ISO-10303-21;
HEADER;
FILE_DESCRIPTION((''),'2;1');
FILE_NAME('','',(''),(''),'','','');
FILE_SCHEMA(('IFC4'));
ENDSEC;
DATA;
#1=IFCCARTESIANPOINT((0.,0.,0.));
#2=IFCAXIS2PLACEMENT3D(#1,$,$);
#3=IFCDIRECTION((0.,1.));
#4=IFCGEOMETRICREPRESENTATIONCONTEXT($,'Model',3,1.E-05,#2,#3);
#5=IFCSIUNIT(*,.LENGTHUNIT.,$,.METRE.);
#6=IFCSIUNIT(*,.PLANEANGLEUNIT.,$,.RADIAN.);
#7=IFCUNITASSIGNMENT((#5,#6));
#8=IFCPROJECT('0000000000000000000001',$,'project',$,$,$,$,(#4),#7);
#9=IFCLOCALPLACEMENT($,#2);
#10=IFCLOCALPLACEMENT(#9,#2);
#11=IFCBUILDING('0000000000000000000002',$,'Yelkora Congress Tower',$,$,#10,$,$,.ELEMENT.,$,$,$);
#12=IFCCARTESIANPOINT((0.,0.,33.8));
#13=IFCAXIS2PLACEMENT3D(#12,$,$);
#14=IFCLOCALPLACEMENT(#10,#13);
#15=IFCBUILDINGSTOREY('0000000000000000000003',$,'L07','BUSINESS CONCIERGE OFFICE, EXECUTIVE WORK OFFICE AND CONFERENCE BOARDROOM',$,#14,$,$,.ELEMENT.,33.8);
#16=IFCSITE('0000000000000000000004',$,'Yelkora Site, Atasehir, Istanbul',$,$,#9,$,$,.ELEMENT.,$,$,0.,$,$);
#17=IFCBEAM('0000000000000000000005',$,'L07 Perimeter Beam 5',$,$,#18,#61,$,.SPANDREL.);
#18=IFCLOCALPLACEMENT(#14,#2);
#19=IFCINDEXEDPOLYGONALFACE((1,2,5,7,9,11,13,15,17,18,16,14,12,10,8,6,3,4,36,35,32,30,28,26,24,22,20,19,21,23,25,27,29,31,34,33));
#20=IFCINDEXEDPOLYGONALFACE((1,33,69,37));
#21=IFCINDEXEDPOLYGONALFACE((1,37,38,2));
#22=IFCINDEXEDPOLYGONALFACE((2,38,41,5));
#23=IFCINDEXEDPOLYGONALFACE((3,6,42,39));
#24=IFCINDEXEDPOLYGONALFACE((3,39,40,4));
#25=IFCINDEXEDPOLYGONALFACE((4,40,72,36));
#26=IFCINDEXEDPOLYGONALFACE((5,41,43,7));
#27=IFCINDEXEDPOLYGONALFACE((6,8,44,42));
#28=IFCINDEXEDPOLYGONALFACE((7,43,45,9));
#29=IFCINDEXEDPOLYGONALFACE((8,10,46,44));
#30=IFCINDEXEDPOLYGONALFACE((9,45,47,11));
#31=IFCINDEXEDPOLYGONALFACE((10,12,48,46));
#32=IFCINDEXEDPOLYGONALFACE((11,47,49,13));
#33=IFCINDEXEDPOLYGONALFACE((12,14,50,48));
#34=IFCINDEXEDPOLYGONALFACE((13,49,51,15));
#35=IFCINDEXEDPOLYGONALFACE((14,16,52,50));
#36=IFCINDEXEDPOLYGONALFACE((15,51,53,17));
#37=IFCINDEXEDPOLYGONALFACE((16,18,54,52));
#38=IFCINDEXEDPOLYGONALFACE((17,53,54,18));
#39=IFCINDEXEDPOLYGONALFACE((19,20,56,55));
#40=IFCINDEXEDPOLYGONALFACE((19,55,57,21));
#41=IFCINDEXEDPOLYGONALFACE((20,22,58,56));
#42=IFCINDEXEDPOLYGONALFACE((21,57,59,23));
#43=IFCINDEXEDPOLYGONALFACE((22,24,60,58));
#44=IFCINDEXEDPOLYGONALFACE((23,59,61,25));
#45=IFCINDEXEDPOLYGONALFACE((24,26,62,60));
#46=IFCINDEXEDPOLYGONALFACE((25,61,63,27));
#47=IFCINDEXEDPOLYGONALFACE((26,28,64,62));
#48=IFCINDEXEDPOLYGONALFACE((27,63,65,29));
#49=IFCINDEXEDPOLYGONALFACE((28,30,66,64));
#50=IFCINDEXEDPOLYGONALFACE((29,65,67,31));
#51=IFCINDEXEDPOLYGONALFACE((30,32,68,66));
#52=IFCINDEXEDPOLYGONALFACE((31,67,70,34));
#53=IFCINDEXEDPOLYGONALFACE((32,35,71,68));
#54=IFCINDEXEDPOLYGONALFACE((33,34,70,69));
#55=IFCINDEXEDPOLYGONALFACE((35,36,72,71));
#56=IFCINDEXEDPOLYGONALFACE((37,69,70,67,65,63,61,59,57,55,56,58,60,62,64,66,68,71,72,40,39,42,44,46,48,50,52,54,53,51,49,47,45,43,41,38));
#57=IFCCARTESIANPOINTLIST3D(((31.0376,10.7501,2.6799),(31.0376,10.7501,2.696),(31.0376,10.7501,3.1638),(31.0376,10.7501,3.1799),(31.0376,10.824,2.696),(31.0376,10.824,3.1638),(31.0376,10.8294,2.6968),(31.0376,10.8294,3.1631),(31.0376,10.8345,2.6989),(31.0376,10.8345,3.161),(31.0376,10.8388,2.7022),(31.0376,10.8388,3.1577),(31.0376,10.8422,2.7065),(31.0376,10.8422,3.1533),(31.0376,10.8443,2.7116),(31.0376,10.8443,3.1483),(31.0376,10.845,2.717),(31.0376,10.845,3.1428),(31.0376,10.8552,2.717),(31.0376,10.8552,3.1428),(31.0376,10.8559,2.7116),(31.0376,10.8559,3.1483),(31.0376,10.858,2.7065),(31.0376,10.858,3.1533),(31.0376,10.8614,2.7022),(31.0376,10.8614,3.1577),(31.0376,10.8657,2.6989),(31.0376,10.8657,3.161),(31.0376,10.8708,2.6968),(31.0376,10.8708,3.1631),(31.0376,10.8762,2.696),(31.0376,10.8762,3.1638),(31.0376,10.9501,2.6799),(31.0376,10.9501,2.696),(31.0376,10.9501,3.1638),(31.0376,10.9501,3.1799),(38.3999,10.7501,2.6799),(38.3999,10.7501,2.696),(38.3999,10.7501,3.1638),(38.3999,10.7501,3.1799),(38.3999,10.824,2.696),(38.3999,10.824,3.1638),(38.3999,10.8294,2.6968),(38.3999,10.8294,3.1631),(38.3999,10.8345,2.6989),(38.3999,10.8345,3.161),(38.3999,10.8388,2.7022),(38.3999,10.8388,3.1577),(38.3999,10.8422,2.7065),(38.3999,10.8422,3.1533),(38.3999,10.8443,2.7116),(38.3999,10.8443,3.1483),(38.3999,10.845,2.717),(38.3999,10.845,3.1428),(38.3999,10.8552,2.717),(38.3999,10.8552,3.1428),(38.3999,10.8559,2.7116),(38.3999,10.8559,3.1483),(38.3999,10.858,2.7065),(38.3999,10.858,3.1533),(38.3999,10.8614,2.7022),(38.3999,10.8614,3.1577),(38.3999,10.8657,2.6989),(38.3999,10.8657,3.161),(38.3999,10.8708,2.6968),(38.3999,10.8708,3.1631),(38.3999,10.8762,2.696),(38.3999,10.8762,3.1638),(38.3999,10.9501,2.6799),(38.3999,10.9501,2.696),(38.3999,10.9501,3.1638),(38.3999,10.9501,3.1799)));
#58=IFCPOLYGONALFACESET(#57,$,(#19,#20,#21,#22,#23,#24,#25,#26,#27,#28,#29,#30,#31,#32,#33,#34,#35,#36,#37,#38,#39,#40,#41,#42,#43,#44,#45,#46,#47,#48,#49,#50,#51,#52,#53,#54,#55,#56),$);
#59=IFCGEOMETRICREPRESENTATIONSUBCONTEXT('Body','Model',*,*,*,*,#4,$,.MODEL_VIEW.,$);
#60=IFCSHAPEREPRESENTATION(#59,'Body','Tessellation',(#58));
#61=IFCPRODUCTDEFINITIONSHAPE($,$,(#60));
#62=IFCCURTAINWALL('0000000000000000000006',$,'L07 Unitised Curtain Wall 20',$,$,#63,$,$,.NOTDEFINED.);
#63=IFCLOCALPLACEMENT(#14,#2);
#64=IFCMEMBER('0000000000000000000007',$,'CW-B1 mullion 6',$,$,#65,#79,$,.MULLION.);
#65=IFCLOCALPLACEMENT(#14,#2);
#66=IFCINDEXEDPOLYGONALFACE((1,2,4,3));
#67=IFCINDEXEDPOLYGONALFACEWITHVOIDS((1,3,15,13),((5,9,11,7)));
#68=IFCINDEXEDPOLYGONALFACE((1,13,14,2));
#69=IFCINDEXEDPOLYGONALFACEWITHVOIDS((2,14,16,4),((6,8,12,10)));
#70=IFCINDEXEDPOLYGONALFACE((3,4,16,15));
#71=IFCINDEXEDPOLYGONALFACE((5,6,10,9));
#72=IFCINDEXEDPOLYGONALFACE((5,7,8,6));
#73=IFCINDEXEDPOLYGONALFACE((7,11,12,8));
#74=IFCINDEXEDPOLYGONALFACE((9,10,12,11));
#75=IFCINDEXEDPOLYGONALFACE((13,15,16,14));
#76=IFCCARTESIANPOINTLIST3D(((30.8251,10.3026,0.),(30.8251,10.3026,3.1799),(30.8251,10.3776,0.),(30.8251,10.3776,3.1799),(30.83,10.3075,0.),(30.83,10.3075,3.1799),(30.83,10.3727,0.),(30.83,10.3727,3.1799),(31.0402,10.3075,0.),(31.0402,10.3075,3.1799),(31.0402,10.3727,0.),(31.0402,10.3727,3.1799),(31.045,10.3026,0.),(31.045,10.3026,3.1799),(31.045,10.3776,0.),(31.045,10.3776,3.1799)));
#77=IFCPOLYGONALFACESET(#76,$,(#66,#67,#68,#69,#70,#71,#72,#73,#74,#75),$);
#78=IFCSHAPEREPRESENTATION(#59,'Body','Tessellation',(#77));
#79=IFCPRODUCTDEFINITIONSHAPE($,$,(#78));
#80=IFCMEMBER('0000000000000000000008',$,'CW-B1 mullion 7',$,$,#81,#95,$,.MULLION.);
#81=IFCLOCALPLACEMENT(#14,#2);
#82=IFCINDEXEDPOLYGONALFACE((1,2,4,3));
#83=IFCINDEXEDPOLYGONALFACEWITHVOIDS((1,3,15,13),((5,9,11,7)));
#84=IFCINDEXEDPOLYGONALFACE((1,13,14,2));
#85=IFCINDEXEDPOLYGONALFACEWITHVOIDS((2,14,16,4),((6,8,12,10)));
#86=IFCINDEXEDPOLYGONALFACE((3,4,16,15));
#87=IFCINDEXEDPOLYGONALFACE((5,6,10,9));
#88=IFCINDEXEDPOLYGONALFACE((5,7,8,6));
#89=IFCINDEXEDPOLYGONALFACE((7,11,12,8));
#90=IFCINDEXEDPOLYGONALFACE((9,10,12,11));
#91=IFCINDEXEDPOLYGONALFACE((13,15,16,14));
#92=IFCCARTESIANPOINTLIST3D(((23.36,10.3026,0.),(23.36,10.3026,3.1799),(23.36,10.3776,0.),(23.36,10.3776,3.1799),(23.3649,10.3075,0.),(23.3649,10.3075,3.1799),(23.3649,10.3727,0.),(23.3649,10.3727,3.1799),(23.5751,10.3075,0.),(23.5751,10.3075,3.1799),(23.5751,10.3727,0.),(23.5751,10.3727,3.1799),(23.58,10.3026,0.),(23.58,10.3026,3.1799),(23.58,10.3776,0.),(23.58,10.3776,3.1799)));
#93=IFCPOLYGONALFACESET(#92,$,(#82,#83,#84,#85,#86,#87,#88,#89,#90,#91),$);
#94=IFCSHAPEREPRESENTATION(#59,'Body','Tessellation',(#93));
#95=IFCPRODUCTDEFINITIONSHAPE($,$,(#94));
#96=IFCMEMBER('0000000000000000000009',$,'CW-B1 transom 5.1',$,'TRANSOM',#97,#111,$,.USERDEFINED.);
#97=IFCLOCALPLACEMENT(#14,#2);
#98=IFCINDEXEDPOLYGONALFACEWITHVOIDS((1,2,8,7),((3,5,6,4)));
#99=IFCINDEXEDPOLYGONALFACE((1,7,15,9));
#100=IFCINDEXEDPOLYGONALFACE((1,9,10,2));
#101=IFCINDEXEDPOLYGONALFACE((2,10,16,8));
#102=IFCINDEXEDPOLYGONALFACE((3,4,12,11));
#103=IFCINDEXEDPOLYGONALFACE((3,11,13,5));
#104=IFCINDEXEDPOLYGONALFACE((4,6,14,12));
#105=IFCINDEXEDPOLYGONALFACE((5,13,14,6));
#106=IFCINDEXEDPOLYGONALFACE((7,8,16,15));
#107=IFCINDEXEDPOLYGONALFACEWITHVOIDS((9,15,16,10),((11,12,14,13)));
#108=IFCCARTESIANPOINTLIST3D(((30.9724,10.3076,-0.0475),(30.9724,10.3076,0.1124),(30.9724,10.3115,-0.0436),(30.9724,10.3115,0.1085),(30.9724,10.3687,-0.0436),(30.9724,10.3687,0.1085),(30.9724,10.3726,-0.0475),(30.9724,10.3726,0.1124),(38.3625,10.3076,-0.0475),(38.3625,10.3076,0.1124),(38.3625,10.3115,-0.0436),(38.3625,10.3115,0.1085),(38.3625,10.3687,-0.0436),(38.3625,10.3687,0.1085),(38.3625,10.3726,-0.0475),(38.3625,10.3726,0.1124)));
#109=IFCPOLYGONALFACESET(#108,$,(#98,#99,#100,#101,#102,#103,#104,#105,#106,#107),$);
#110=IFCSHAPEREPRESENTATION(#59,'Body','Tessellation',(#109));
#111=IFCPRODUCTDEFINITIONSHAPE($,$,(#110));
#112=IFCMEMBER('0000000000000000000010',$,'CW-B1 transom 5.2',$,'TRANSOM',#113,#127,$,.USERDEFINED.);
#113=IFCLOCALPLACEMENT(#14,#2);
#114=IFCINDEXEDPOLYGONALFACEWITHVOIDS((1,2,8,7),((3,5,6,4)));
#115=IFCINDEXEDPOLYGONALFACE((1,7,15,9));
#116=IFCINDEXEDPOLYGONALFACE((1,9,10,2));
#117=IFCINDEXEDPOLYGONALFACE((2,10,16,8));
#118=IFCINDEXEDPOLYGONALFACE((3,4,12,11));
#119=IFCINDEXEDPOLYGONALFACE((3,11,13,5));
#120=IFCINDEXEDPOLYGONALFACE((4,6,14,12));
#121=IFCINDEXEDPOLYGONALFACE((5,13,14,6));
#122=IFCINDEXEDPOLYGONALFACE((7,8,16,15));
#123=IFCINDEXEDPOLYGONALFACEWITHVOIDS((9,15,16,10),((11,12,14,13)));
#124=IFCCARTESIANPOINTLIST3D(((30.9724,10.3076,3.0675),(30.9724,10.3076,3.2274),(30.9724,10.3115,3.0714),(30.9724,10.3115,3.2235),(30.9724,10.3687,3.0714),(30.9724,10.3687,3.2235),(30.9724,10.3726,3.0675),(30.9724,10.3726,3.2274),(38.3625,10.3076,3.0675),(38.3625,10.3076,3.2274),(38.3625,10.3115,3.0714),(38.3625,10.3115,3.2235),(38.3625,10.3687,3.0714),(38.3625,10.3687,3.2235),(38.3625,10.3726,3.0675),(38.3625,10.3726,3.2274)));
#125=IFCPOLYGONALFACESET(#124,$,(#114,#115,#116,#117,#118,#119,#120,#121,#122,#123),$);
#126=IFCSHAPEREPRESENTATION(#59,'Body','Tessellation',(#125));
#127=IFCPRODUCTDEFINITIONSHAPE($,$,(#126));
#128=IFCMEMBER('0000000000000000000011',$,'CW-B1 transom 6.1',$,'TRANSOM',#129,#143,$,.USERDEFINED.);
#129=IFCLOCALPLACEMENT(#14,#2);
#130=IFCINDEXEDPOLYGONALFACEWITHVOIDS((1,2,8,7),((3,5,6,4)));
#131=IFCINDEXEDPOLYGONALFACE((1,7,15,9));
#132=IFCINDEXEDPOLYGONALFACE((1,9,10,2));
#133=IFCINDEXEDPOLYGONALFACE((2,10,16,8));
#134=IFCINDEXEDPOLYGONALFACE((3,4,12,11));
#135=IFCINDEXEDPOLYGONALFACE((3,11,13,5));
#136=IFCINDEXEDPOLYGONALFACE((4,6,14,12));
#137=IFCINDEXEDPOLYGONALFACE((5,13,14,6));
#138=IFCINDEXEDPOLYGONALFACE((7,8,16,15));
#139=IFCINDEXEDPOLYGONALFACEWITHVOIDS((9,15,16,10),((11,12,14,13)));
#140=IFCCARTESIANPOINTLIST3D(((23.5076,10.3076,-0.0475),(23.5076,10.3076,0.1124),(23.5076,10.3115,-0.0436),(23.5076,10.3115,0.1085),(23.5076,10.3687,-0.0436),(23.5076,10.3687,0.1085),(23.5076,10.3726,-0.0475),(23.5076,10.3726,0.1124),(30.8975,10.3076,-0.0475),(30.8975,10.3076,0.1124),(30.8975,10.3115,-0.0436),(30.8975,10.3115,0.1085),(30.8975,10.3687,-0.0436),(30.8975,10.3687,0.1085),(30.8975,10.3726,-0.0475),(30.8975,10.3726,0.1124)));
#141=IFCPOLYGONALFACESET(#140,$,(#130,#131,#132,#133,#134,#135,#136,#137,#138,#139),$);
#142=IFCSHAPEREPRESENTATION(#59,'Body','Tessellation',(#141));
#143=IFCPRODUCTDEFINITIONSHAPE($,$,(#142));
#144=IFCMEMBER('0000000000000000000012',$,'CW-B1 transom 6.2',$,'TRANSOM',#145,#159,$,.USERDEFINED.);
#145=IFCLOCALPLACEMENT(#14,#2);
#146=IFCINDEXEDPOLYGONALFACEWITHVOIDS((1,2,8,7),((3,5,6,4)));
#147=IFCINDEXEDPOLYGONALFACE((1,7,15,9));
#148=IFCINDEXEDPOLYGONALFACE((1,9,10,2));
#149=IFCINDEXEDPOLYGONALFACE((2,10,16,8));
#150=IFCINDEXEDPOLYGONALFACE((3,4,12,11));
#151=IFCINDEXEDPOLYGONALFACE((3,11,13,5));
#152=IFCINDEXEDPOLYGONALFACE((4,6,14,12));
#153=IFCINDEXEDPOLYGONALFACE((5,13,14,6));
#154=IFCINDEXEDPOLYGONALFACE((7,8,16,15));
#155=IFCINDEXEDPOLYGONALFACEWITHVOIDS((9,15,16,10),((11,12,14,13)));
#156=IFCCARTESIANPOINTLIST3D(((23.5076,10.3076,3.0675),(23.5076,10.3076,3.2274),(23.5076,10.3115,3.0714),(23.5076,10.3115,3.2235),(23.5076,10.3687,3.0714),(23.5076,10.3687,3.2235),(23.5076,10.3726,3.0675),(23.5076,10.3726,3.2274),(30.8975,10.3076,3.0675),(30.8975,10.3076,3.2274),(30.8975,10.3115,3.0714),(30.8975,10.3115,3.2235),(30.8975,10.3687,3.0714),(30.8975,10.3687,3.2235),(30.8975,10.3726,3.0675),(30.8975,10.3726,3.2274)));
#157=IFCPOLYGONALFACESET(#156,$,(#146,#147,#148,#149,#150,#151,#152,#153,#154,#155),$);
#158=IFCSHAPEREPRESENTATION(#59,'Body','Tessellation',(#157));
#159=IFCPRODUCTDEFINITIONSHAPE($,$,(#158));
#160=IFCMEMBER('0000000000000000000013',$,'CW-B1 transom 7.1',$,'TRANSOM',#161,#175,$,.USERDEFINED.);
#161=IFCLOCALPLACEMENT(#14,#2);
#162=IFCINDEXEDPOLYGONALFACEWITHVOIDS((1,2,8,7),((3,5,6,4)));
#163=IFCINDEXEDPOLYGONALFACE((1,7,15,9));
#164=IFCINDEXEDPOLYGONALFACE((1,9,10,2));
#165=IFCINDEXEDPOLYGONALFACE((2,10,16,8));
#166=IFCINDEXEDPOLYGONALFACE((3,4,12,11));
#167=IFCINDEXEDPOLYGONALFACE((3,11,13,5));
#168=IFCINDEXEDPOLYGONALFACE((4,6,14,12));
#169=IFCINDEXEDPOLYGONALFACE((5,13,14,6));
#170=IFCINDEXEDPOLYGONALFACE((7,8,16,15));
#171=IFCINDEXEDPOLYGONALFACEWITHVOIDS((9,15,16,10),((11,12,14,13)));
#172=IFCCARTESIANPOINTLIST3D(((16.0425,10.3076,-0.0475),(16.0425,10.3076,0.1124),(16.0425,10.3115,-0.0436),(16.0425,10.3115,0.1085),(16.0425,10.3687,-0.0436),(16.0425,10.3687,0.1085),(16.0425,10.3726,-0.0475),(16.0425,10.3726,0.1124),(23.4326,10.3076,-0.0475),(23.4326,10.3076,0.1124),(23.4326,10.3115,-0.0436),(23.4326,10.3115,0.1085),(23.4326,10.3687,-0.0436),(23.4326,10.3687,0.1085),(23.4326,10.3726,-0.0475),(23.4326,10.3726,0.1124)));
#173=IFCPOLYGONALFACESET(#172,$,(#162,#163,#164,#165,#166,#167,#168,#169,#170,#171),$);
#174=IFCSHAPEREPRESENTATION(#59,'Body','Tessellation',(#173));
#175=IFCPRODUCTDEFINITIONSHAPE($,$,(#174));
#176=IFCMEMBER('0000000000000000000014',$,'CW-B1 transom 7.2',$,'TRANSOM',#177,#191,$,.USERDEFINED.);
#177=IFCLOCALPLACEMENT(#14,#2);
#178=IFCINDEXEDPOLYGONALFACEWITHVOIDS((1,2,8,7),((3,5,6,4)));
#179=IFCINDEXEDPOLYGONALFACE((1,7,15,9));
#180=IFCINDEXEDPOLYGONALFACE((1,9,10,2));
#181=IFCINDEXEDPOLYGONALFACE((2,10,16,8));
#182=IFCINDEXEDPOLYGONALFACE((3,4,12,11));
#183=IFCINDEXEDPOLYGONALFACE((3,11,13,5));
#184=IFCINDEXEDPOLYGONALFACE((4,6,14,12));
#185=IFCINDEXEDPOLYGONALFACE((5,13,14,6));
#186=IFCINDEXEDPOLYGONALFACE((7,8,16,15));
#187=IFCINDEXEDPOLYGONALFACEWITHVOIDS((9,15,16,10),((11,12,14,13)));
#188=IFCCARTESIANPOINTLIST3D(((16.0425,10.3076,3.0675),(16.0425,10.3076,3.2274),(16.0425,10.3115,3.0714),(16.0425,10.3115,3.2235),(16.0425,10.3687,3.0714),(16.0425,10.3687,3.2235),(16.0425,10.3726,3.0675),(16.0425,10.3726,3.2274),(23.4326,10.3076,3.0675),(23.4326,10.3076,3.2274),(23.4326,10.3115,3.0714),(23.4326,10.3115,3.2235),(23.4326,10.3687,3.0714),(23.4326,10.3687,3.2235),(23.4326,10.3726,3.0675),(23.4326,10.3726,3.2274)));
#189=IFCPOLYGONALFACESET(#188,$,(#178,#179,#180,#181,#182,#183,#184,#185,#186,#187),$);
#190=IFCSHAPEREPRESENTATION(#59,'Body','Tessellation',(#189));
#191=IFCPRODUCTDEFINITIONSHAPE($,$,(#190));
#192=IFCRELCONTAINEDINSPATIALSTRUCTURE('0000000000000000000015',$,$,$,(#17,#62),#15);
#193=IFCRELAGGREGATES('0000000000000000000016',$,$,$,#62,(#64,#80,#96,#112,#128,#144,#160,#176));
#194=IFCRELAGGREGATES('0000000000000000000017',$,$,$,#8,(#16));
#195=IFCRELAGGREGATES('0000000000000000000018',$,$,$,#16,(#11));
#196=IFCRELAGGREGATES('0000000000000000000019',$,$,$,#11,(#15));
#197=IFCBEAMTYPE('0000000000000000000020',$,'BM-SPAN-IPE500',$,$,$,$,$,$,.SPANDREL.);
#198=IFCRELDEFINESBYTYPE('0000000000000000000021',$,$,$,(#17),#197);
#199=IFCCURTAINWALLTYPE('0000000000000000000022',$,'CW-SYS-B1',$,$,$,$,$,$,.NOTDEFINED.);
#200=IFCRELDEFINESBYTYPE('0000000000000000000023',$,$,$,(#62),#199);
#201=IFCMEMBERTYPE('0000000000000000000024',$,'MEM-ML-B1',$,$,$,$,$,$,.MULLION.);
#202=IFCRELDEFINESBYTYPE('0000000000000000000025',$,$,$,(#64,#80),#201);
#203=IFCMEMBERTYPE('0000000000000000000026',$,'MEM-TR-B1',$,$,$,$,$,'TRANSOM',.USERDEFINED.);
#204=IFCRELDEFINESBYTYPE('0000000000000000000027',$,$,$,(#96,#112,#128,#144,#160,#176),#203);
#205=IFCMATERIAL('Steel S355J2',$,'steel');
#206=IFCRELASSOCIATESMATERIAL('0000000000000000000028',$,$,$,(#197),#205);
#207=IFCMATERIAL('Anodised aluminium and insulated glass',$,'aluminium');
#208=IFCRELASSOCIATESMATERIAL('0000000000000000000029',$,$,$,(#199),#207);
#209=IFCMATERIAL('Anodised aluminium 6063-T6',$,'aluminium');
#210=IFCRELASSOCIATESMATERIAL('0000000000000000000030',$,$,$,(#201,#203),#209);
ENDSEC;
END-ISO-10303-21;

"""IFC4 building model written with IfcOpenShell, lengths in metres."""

from ifc_helpers import new_model, si_unit, direction, frame, origin, origin_2d, place, context, subcontext, project, spatial, hollow_rectangle, i_section, extrude, material, material_profile, profile_set, type_object, element, aggregate, save


model = new_model("IFC4")

# Units and contexts
model_context = context("Model", 3, precision=1e-05, world=origin(), true_north=direction((0.0, 1.0)))
body_context = subcontext(model_context, "Body", "Model", "MODEL_VIEW")
ifc_project = project(units=[si_unit("LENGTHUNIT", "METRE"), si_unit("PLANEANGLEUNIT", "RADIAN")], contexts=[model_context])

# Site, building, storey
site_placement = place(None, origin())
site = spatial("IfcSite", under=ifc_project, at=site_placement, Name="Yelkora Site, Atasehir, Istanbul", CompositionType="ELEMENT", RefElevation=0.0)
building_placement = place(site_placement, origin())
building = spatial("IfcBuilding", under=site, at=building_placement, Name="Yelkora Congress Tower", CompositionType="ELEMENT")
storey_placement = place(building_placement, frame((0.0, 0.0, 33.8)))
storey = spatial("IfcBuildingStorey", under=building, at=storey_placement, Name="L07", Description="BUSINESS CONCIERGE OFFICE, EXECUTIVE WORK OFFICE AND CONFERENCE BOARDROOM", CompositionType="ELEMENT", Elevation=33.8)

# Beam
ifc_material_1 = material(Name="Steel S355J2", Category="steel")
ifc_material_profile_1 = material_profile(ifc_material_1, i_section(OverallWidth=0.2, OverallDepth=0.5, WebThickness=0.0103, FlangeThickness=0.0161, FilletRadius=0.021, at=origin_2d()), Name="IPE 500")
ifc_profile_set_1 = profile_set([ifc_material_profile_1], Name="Steel S355J2")
beam_type_1 = type_object("IfcBeamType", Name="BM-SPAN-IPE500", PredefinedType="SPANDREL", material=ifc_profile_set_1)
beam_1_placement = place(storey_placement, frame((31.0376, 10.8501, 2.9299), z_axis=(1.0, 0.0, 0.0), x_axis=(0.0, 1.0, 0.0)))
element("IfcBeam", 1, at=beam_1_placement, inside=storey, type_object=beam_type_1, Name="L07 Perimeter Beam 5", PredefinedType="SPANDREL", context=body_context, shape_type="SweptSolid", body=[
    extrude(i_section(OverallWidth=0.2, OverallDepth=0.5, WebThickness=0.0103, FlangeThickness=0.0161, FilletRadius=0.021, at=origin_2d()), origin(), (0.0, 0.0, 1.0), 7.3623),
])

# Curtain wall, members
ifc_material_2 = material(Name="Anodised aluminium and insulated glass", Category="aluminium")
curtain_wall_type = type_object("IfcCurtainWallType", Name="CW-SYS-B1", PredefinedType="NOTDEFINED", material=ifc_material_2)
curtain_wall_placement = place(storey_placement, origin())
curtain_wall = element("IfcCurtainWall", 2, at=curtain_wall_placement, inside=storey, type_object=curtain_wall_type, Name="L07 Unitised Curtain Wall 20", PredefinedType="NOTDEFINED")
ifc_material_3 = material(Name="Anodised aluminium 6063-T6", Category="aluminium")
ifc_material_profile_2 = material_profile(ifc_material_3, hollow_rectangle(XDim=0.075, YDim=0.22, WallThickness=0.0049, at=origin_2d()), Name="ALU 75x220x5")
ifc_profile_set_2 = profile_set([ifc_material_profile_2], Name="Anodised aluminium 6063-T6")
member_type_1 = type_object("IfcMemberType", Name="MEM-ML-B1", PredefinedType="MULLION", material=ifc_profile_set_2)
member_1_placement = place(storey_placement, frame((30.9351, 10.3401, 0.0), z_axis=(0.0, 0.0, 1.0), x_axis=(0.0, -1.0, 0.0)))
member_1 = element("IfcMember", 3, at=member_1_placement, type_object=member_type_1, Name="CW-B1 mullion 6", PredefinedType="MULLION", context=body_context, shape_type="SweptSolid", body=[
    extrude(hollow_rectangle(XDim=0.075, YDim=0.22, WallThickness=0.0049, at=origin_2d()), origin(), (0.0, 0.0, 1.0), 3.1799),
])
member_2_placement = place(storey_placement, frame((23.47, 10.3401, 0.0), z_axis=(0.0, 0.0, 1.0), x_axis=(0.0, -1.0, 0.0)))
member_2 = element("IfcMember", 4, at=member_2_placement, type_object=member_type_1, Name="CW-B1 mullion 7", PredefinedType="MULLION", context=body_context, shape_type="SweptSolid", body=[
    extrude(hollow_rectangle(XDim=0.075, YDim=0.22, WallThickness=0.0049, at=origin_2d()), origin(), (0.0, 0.0, 1.0), 3.1799),
])
ifc_material_profile_3 = material_profile(ifc_material_3, hollow_rectangle(XDim=0.0649, YDim=0.1599, WallThickness=0.0039, at=origin_2d()), Name="ALU 65x160x4")
ifc_profile_set_3 = profile_set([ifc_material_profile_3], Name="Anodised aluminium 6063-T6")
member_type_2 = type_object("IfcMemberType", Name="MEM-TR-B1", ElementType="TRANSOM", PredefinedType="USERDEFINED", material=ifc_profile_set_3)
member_3_placement = place(storey_placement, frame((38.3625, 10.3401, 0.0325), z_axis=(-1.0, 0.0, 0.0), x_axis=(0.0, -1.0, 0.0)))
member_3 = element("IfcMember", 5, at=member_3_placement, type_object=member_type_2, Name="CW-B1 transom 5.1", ObjectType="TRANSOM", PredefinedType="USERDEFINED", context=body_context, shape_type="SweptSolid", body=[
    extrude(hollow_rectangle(XDim=0.0649, YDim=0.1599, WallThickness=0.0039, at=origin_2d()), origin(), (0.0, 0.0, 1.0), 7.3901),
])
member_4_placement = place(storey_placement, frame((38.3625, 10.3401, 3.1475), z_axis=(-1.0, 0.0, 0.0), x_axis=(0.0, -1.0, 0.0)))
member_4 = element("IfcMember", 6, at=member_4_placement, type_object=member_type_2, Name="CW-B1 transom 5.2", ObjectType="TRANSOM", PredefinedType="USERDEFINED", context=body_context, shape_type="SweptSolid", body=[
    extrude(hollow_rectangle(XDim=0.0649, YDim=0.1599, WallThickness=0.0039, at=origin_2d()), origin(), (0.0, 0.0, 1.0), 7.3901),
])
member_5_placement = place(storey_placement, frame((30.8975, 10.3401, 0.0325), z_axis=(-1.0, 0.0, 0.0), x_axis=(0.0, -1.0, 0.0)))
member_5 = element("IfcMember", 7, at=member_5_placement, type_object=member_type_2, Name="CW-B1 transom 6.1", ObjectType="TRANSOM", PredefinedType="USERDEFINED", context=body_context, shape_type="SweptSolid", body=[
    extrude(hollow_rectangle(XDim=0.0649, YDim=0.1599, WallThickness=0.0039, at=origin_2d()), origin(), (0.0, 0.0, 1.0), 7.3899),
])
member_6_placement = place(storey_placement, frame((30.8975, 10.3401, 3.1475), z_axis=(-1.0, 0.0, 0.0), x_axis=(0.0, -1.0, 0.0)))
member_6 = element("IfcMember", 8, at=member_6_placement, type_object=member_type_2, Name="CW-B1 transom 6.2", ObjectType="TRANSOM", PredefinedType="USERDEFINED", context=body_context, shape_type="SweptSolid", body=[
    extrude(hollow_rectangle(XDim=0.0649, YDim=0.1599, WallThickness=0.0039, at=origin_2d()), origin(), (0.0, 0.0, 1.0), 7.3899),
])
member_7_placement = place(storey_placement, frame((23.4326, 10.3401, 0.0325), z_axis=(-1.0, 0.0, 0.0), x_axis=(0.0, -1.0, 0.0)))
member_7 = element("IfcMember", 9, at=member_7_placement, type_object=member_type_2, Name="CW-B1 transom 7.1", ObjectType="TRANSOM", PredefinedType="USERDEFINED", context=body_context, shape_type="SweptSolid", body=[
    extrude(hollow_rectangle(XDim=0.0649, YDim=0.1599, WallThickness=0.0039, at=origin_2d()), origin(), (0.0, 0.0, 1.0), 7.3901),
])
member_8_placement = place(storey_placement, frame((23.4326, 10.3401, 3.1475), z_axis=(-1.0, 0.0, 0.0), x_axis=(0.0, -1.0, 0.0)))
member_8 = element("IfcMember", 10, at=member_8_placement, type_object=member_type_2, Name="CW-B1 transom 7.2", ObjectType="TRANSOM", PredefinedType="USERDEFINED", context=body_context, shape_type="SweptSolid", body=[
    extrude(hollow_rectangle(XDim=0.0649, YDim=0.1599, WallThickness=0.0039, at=origin_2d()), origin(), (0.0, 0.0, 1.0), 7.3901),
])
aggregate(curtain_wall, [member_1, member_2, member_3, member_4, member_5, member_6, member_7, member_8])

save(model, "model.ifc")
